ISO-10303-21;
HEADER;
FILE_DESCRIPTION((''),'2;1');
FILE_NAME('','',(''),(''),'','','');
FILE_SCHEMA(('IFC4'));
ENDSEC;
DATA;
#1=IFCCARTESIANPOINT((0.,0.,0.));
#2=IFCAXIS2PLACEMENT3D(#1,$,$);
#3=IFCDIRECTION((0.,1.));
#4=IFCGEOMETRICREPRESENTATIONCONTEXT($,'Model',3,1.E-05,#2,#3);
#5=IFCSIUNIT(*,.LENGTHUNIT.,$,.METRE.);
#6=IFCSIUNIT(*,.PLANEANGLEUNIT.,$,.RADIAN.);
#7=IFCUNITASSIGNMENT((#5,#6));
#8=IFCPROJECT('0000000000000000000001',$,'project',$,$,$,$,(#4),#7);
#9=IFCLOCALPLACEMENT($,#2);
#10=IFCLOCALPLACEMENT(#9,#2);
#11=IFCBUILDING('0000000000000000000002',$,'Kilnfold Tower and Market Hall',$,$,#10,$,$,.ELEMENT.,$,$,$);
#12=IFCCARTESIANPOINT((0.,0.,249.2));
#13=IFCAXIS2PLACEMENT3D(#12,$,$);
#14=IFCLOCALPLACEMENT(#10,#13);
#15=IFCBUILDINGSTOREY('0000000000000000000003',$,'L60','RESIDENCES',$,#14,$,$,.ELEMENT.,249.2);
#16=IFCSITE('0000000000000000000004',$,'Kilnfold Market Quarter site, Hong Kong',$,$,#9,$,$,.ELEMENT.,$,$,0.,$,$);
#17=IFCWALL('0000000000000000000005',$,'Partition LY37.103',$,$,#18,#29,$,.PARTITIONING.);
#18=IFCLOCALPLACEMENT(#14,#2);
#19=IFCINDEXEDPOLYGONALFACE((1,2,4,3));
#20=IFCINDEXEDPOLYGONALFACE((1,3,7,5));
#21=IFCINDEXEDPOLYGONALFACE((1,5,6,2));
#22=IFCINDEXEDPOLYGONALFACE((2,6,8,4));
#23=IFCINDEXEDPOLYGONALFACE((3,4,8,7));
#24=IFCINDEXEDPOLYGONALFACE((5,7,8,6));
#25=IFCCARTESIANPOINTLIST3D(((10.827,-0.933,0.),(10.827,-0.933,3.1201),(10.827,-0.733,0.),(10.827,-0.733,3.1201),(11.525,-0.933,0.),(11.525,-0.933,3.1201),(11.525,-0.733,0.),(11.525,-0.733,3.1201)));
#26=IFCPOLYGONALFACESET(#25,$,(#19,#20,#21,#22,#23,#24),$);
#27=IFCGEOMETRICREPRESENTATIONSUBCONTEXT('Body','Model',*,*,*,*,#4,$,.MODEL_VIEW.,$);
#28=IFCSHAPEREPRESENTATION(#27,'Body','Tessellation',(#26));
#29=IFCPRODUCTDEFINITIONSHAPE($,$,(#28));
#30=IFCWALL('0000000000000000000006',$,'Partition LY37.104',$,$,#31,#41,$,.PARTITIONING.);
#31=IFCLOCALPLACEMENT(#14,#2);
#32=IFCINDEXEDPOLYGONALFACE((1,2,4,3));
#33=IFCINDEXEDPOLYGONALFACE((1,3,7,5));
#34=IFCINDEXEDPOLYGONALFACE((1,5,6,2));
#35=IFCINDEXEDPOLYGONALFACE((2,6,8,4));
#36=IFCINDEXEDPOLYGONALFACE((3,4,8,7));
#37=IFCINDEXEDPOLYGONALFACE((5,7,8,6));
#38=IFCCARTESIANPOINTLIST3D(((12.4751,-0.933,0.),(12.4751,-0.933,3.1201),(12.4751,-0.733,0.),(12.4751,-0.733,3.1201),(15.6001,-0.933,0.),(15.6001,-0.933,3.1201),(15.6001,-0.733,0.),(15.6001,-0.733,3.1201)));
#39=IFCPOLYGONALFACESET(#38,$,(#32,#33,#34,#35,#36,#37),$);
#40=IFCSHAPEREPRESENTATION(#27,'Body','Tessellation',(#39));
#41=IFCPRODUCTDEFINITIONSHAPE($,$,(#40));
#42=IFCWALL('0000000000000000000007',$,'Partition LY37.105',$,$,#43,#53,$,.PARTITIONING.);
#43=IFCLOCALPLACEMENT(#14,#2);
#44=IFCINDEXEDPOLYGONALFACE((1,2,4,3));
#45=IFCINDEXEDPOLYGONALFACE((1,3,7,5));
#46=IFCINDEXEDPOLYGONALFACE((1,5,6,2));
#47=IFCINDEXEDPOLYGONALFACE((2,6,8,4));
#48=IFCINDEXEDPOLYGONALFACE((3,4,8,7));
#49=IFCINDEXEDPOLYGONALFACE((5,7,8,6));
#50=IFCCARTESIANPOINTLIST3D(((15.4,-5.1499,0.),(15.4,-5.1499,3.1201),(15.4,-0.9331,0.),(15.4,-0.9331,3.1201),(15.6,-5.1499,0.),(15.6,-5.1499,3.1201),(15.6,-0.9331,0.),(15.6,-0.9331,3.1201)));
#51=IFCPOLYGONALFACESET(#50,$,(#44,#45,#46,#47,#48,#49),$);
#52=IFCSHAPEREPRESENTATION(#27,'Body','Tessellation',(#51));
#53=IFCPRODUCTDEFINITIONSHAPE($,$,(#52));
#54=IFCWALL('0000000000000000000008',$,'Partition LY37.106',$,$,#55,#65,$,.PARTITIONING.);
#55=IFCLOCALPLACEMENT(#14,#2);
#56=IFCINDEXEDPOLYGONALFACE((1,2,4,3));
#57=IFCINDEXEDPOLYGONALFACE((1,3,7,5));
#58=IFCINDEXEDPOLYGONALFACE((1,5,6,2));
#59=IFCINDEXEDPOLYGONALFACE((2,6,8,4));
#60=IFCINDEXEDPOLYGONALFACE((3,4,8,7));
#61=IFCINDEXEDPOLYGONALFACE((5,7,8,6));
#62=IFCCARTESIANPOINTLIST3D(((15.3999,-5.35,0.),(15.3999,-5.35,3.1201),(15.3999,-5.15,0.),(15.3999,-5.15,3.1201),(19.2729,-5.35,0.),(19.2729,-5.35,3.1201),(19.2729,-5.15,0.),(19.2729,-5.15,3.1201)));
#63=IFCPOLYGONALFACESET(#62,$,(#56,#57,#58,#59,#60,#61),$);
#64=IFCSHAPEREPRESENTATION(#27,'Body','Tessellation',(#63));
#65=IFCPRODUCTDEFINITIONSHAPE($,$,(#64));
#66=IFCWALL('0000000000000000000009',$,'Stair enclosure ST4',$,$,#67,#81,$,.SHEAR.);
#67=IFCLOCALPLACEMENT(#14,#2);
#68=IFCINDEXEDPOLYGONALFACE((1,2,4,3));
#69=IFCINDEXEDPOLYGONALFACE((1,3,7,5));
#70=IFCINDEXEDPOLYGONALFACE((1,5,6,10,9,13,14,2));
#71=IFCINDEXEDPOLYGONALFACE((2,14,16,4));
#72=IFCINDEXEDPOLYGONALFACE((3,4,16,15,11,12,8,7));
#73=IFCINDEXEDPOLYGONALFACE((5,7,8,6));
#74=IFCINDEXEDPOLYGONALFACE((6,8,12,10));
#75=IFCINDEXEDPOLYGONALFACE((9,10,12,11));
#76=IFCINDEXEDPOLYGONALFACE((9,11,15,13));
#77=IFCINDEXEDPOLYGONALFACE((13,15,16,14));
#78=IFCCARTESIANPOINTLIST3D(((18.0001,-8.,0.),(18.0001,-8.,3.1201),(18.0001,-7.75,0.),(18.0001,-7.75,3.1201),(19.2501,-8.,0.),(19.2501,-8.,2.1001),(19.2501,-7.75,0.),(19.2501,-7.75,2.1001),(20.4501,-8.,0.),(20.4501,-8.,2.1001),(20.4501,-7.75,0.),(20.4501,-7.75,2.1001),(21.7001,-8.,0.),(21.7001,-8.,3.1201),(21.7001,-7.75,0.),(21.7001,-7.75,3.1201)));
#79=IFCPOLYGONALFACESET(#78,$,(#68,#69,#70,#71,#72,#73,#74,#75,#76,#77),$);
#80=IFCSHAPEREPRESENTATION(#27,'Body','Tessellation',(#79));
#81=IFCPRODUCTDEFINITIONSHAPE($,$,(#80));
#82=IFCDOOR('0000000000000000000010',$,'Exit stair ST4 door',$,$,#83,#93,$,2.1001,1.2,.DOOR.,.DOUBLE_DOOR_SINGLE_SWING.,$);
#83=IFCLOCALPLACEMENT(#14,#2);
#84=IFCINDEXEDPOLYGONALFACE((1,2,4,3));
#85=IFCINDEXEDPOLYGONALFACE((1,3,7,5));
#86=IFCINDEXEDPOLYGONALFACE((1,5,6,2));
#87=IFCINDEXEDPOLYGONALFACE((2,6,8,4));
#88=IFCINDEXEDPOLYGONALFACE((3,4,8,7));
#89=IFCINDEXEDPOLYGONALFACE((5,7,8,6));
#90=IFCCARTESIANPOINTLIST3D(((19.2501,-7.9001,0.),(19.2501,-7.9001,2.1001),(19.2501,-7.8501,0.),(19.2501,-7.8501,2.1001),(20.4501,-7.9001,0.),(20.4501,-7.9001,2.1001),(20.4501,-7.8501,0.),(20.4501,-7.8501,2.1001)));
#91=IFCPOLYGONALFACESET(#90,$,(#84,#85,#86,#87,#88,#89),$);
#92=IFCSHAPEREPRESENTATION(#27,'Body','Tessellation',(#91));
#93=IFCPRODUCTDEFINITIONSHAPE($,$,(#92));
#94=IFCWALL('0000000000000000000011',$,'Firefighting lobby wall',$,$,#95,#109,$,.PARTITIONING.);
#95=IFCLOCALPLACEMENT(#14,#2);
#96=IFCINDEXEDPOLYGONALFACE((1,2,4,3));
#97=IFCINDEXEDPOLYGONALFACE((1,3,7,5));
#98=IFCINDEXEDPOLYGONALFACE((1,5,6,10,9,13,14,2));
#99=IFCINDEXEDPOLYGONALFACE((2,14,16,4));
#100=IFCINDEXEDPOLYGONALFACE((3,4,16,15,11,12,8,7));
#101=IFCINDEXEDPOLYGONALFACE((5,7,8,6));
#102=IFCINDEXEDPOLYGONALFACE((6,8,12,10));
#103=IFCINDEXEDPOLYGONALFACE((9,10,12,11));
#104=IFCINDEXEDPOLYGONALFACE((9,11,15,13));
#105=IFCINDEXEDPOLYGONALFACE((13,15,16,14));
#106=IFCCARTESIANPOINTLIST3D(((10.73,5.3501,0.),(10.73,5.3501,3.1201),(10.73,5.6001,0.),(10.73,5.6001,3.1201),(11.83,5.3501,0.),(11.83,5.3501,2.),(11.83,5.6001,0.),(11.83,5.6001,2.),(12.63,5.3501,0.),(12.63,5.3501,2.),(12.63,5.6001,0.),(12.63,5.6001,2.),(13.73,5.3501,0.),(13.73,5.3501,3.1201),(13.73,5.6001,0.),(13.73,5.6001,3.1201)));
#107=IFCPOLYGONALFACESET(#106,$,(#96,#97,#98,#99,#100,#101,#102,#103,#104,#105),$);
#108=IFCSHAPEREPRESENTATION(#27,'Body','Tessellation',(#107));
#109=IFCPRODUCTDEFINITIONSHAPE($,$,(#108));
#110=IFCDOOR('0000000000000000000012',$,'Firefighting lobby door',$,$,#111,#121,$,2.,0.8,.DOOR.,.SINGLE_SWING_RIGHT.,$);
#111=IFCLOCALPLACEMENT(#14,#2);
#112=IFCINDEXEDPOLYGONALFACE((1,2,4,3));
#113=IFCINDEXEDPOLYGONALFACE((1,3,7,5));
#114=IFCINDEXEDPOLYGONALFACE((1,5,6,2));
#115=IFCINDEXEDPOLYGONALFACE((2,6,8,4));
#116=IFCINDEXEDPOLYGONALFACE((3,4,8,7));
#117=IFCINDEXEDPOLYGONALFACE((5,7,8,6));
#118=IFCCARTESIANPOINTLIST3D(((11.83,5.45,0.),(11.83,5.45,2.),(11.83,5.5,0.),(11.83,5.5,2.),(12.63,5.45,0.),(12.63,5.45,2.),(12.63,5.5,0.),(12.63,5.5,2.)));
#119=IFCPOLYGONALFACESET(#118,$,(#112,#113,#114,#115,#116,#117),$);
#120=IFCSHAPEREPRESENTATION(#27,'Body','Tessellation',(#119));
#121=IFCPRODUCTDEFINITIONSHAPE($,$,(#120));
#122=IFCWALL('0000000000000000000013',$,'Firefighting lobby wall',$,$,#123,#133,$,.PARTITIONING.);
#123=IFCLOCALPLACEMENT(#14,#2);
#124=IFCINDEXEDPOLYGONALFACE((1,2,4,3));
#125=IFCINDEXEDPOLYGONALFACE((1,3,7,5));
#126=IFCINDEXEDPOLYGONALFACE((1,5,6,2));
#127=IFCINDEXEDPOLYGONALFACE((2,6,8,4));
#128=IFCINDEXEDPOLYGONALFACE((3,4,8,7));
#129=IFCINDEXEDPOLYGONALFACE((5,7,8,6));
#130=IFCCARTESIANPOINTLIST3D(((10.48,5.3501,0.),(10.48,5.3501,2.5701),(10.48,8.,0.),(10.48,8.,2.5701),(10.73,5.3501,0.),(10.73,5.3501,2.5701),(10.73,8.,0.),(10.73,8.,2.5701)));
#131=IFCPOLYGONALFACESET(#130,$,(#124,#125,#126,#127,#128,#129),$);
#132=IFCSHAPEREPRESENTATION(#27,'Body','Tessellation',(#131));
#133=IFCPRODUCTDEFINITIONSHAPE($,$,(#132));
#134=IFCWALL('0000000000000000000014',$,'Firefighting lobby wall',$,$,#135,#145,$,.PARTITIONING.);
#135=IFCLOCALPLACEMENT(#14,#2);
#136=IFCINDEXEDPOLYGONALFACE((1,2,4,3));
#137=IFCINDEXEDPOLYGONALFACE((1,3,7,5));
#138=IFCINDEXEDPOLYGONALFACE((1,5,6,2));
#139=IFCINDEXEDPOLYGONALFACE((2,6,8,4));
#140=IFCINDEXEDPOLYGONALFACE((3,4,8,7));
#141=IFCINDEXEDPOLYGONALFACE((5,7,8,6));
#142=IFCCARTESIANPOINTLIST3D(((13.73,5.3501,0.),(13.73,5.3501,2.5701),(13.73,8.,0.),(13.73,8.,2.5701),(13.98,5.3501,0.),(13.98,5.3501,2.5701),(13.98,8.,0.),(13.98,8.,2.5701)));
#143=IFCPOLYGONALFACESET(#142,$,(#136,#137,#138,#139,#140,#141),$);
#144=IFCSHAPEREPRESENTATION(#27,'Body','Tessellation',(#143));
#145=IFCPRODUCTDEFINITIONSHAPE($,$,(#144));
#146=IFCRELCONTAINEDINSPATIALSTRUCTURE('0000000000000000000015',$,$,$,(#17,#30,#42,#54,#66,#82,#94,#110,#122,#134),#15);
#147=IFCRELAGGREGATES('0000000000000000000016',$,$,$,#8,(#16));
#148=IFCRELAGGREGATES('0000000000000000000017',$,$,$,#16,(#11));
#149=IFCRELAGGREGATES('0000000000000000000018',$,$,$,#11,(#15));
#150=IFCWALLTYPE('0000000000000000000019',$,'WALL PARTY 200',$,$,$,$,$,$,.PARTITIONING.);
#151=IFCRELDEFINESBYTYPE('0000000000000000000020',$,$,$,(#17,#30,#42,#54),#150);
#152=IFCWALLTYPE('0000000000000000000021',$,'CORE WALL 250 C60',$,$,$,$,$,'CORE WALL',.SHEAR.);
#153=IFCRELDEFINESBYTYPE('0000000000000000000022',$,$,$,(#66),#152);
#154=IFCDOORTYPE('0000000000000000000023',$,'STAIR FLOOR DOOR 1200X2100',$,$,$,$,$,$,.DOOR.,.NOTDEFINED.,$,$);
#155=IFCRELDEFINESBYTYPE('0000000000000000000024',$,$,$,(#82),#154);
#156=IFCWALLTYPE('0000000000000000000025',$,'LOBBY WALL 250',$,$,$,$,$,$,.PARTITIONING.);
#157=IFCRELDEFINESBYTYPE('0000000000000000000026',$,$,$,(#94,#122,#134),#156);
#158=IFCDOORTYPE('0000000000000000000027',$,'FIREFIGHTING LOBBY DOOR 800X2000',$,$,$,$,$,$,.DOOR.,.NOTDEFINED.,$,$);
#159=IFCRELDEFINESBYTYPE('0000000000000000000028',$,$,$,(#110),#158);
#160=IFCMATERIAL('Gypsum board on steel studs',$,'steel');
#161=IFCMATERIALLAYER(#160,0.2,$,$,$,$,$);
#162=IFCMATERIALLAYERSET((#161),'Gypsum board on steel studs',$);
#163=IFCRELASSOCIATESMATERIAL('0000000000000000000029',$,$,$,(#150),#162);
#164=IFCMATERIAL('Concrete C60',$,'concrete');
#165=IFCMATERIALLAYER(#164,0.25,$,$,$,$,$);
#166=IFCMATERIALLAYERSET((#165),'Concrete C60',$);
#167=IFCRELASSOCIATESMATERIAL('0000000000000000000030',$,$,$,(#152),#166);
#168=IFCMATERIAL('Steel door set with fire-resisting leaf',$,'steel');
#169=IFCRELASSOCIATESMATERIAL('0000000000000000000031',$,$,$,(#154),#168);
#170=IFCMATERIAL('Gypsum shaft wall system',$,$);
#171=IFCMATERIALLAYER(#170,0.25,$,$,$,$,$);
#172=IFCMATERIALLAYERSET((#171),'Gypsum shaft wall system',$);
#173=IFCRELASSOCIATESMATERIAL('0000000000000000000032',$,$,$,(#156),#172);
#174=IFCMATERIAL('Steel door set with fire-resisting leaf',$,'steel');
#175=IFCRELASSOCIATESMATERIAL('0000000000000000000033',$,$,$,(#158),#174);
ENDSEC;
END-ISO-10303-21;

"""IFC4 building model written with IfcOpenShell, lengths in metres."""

from ifc_helpers import new_model, si_unit, direction, frame, frame_2d, origin, place, context, subcontext, project, spatial, rectangle, extrude, source, transform, mapped, material, layer, layer_set, type_object, element, fill, save


model = new_model("IFC4")

# Units and contexts
model_context = context("Model", 3, precision=1e-05, world=origin(), true_north=direction((0.0, 1.0)))
body_context = subcontext(model_context, "Body", "Model", "MODEL_VIEW")
ifc_project = project(units=[si_unit("LENGTHUNIT", "METRE"), si_unit("PLANEANGLEUNIT", "RADIAN")], contexts=[model_context])

# Site, building, storey
site_placement = place(None, origin())
site = spatial("IfcSite", under=ifc_project, at=site_placement, Name="Kilnfold Market Quarter site, Hong Kong", CompositionType="ELEMENT", RefElevation=0.0)
building_placement = place(site_placement, origin())
building = spatial("IfcBuilding", under=site, at=building_placement, Name="Kilnfold Tower and Market Hall", CompositionType="ELEMENT")
storey_placement = place(building_placement, frame((0.0, 0.0, 249.2)))
storey = spatial("IfcBuildingStorey", under=building, at=storey_placement, Name="L60", Description="RESIDENCES", CompositionType="ELEMENT", Elevation=249.2)

# Walls
ifc_material_1 = material(Name="Gypsum board on steel studs", Category="steel")
ifc_layer_1 = layer(ifc_material_1, 0.2)
ifc_layer_set_1 = layer_set([ifc_layer_1], Name="Gypsum board on steel studs")
wall_type_1 = type_object("IfcWallType", Name="WALL PARTY 200", PredefinedType="PARTITIONING", material=ifc_layer_set_1)
wall_1_placement = place(storey_placement, frame((10.8269, -0.833, 0.0), z_axis=(0.0, 0.0, 1.0), x_axis=(1.0, 0.0, 0.0)))
element("IfcWall", 1, at=wall_1_placement, inside=storey, type_object=wall_type_1, Name="Partition LY37.103", PredefinedType="PARTITIONING", context=body_context, shape_type="SweptSolid", body=[
    extrude(rectangle(XDim=0.698, YDim=0.2, at=frame_2d((0.3491, 0.0))), origin(), (0.0, 0.0, 1.0), 3.1201),
])
wall_2_placement = place(storey_placement, frame((12.4751, -0.833, 0.0), z_axis=(0.0, 0.0, 1.0), x_axis=(1.0, 0.0, 0.0)))
element("IfcWall", 2, at=wall_2_placement, inside=storey, type_object=wall_type_1, Name="Partition LY37.104", PredefinedType="PARTITIONING", context=body_context, shape_type="SweptSolid", body=[
    extrude(rectangle(XDim=3.125, YDim=0.2, at=frame_2d((1.5625, 0.0))), origin(), (0.0, 0.0, 1.0), 3.1201),
])
wall_3_placement = place(storey_placement, frame((15.5, -5.1499, 0.0), z_axis=(0.0, 0.0, 1.0), x_axis=(0.0, 1.0, 0.0)))
element("IfcWall", 3, at=wall_3_placement, inside=storey, type_object=wall_type_1, Name="Partition LY37.105", PredefinedType="PARTITIONING", context=body_context, shape_type="SweptSolid", body=[
    extrude(rectangle(XDim=4.2168, YDim=0.2, at=frame_2d((2.1084, 0.0))), origin(), (0.0, 0.0, 1.0), 3.1201),
])
wall_4_placement = place(storey_placement, frame((15.3999, -5.25, 0.0), z_axis=(0.0, 0.0, 1.0), x_axis=(1.0, 0.0, 0.0)))
element("IfcWall", 4, at=wall_4_placement, inside=storey, type_object=wall_type_1, Name="Partition LY37.106", PredefinedType="PARTITIONING", context=body_context, shape_type="SweptSolid", body=[
    extrude(rectangle(XDim=3.873, YDim=0.2, at=frame_2d((1.9365, 0.0))), origin(), (0.0, 0.0, 1.0), 3.1201),
])

# Walls, openings, doors
ifc_material_2 = material(Name="Concrete C60", Category="concrete")
ifc_layer_2 = layer(ifc_material_2, 0.25)
ifc_layer_set_2 = layer_set([ifc_layer_2], Name="Concrete C60")
wall_type_2 = type_object("IfcWallType", Name="CORE WALL 250 C60", ElementType="CORE WALL", PredefinedType="SHEAR", material=ifc_layer_set_2)
shared_shape_1 = source(origin(), body_context, "Body", "SweptSolid", [
    extrude(rectangle(XDim=3.7, YDim=0.25, at=frame_2d((1.8501, 0.0))), origin(), (0.0, 0.0, 1.0), 3.1201),
])
wall_5_placement = place(storey_placement, frame((18.0, -7.875, 0.0), z_axis=(0.0, 0.0, 1.0), x_axis=(1.0, 0.0, 0.0)))
wall_5 = element("IfcWall", 5, at=wall_5_placement, inside=storey, type_object=wall_type_2, Name="Stair enclosure ST4", PredefinedType="SHEAR", context=body_context, shape_type="MappedRepresentation", body=[
    mapped(shared_shape_1, transform((0.0, 0.0, 0.0))),
])
opening_1_placement = place(wall_5_placement, frame((1.25, 0.0, 0.0)))
opening_1 = element("IfcOpeningElement", 6, at=opening_1_placement, cuts=wall_5, PredefinedType="OPENING", context=body_context, shape_type="SweptSolid", body=[
    extrude(rectangle(XDim=1.2, YDim=2.1001, at=frame_2d((0.6001, 1.05))), frame((0.0, 0.135, 0.0), z_axis=(0.0, -1.0, 0.0), x_axis=(1.0, 0.0, 0.0)), (0.0, 0.0, 1.0), 0.27),
])
ifc_material_3 = material(Name="Steel door set with fire-resisting leaf", Category="steel")
door_type_1 = type_object("IfcDoorType", Name="STAIR FLOOR DOOR 1200X2100", OperationType="NOTDEFINED", PredefinedType="DOOR", material=ifc_material_3)
door_1_placement = place(opening_1_placement, origin())
door_1 = element("IfcDoor", 7, at=door_1_placement, inside=storey, type_object=door_type_1, Name="Exit stair ST4 door", OperationType="DOUBLE_DOOR_SINGLE_SWING", OverallHeight=2.1001, OverallWidth=1.2, PredefinedType="DOOR", context=body_context, shape_type="SweptSolid", body=[
    extrude(rectangle(XDim=1.2, YDim=2.1001, at=frame_2d((0.6001, 1.05))), frame((0.0, 0.0249, 0.0), z_axis=(0.0, -1.0, 0.0), x_axis=(1.0, 0.0, 0.0)), (0.0, 0.0, 1.0), 0.05),
])
fill(opening_1, door_1)
ifc_material_4 = material(Name="Gypsum shaft wall system")
ifc_layer_3 = layer(ifc_material_4, 0.25)
ifc_layer_set_3 = layer_set([ifc_layer_3], Name="Gypsum shaft wall system")
wall_type_3 = type_object("IfcWallType", Name="LOBBY WALL 250", PredefinedType="PARTITIONING", material=ifc_layer_set_3)
shared_shape_2 = source(origin(), body_context, "Body", "SweptSolid", [
    extrude(rectangle(XDim=3.0, YDim=0.25, at=frame_2d((1.5, 0.0))), origin(), (0.0, 0.0, 1.0), 3.1201),
])
wall_6_placement = place(storey_placement, frame((10.73, 5.4751, 0.0), z_axis=(0.0, 0.0, 1.0), x_axis=(1.0, 0.0, 0.0)))
wall_6 = element("IfcWall", 8, at=wall_6_placement, inside=storey, type_object=wall_type_3, Name="Firefighting lobby wall", PredefinedType="PARTITIONING", context=body_context, shape_type="MappedRepresentation", body=[
    mapped(shared_shape_2, transform((0.0, 0.0, 0.0))),
])
opening_2_placement = place(wall_6_placement, frame((1.1001, 0.0, 0.0)))
opening_2 = element("IfcOpeningElement", 9, at=opening_2_placement, cuts=wall_6, PredefinedType="OPENING", context=body_context, shape_type="SweptSolid", body=[
    extrude(rectangle(XDim=0.8, YDim=2.0, at=frame_2d((0.3999, 1.0))), frame((0.0, 0.135, 0.0), z_axis=(0.0, -1.0, 0.0), x_axis=(1.0, 0.0, 0.0)), (0.0, 0.0, 1.0), 0.27),
])
ifc_material_5 = material(Name="Steel door set with fire-resisting leaf", Category="steel")
door_type_2 = type_object("IfcDoorType", Name="FIREFIGHTING LOBBY DOOR 800X2000", OperationType="NOTDEFINED", PredefinedType="DOOR", material=ifc_material_5)
door_2_placement = place(opening_2_placement, origin())
door_2 = element("IfcDoor", 10, at=door_2_placement, inside=storey, type_object=door_type_2, Name="Firefighting lobby door", OperationType="SINGLE_SWING_RIGHT", OverallHeight=2.0, OverallWidth=0.8, PredefinedType="DOOR", context=body_context, shape_type="SweptSolid", body=[
    extrude(rectangle(XDim=0.8, YDim=2.0, at=frame_2d((0.3999, 1.0))), frame((0.0, 0.0249, 0.0), z_axis=(0.0, -1.0, 0.0), x_axis=(1.0, 0.0, 0.0)), (0.0, 0.0, 1.0), 0.05),
])
fill(opening_2, door_2)

# Walls
shared_shape_3 = source(origin(), body_context, "Body", "SweptSolid", [
    extrude(rectangle(XDim=2.6499, YDim=0.25, at=frame_2d((1.325, 0.0))), origin(), (0.0, 0.0, 1.0), 2.5701),
])
for number, where, z_axis, x_axis, name in (
    (11, (10.605, 5.3501, 0.0), (0.0, 0.0, 1.0), (0.0, 1.0, 0.0), "Firefighting lobby wall"),
    (12, (13.855, 5.3501, 0.0), (0.0, 0.0, 1.0), (0.0, 1.0, 0.0), "Firefighting lobby wall"),
):
    element("IfcWall", number, at=place(storey_placement, frame(where, z_axis=z_axis, x_axis=x_axis)), inside=storey, type_object=wall_type_3, Name=name, PredefinedType="PARTITIONING", context=body_context, shape_type="MappedRepresentation", body=[
        mapped(shared_shape_3, transform((0.0, 0.0, 0.0))),
    ])

save(model, "model.ifc")
